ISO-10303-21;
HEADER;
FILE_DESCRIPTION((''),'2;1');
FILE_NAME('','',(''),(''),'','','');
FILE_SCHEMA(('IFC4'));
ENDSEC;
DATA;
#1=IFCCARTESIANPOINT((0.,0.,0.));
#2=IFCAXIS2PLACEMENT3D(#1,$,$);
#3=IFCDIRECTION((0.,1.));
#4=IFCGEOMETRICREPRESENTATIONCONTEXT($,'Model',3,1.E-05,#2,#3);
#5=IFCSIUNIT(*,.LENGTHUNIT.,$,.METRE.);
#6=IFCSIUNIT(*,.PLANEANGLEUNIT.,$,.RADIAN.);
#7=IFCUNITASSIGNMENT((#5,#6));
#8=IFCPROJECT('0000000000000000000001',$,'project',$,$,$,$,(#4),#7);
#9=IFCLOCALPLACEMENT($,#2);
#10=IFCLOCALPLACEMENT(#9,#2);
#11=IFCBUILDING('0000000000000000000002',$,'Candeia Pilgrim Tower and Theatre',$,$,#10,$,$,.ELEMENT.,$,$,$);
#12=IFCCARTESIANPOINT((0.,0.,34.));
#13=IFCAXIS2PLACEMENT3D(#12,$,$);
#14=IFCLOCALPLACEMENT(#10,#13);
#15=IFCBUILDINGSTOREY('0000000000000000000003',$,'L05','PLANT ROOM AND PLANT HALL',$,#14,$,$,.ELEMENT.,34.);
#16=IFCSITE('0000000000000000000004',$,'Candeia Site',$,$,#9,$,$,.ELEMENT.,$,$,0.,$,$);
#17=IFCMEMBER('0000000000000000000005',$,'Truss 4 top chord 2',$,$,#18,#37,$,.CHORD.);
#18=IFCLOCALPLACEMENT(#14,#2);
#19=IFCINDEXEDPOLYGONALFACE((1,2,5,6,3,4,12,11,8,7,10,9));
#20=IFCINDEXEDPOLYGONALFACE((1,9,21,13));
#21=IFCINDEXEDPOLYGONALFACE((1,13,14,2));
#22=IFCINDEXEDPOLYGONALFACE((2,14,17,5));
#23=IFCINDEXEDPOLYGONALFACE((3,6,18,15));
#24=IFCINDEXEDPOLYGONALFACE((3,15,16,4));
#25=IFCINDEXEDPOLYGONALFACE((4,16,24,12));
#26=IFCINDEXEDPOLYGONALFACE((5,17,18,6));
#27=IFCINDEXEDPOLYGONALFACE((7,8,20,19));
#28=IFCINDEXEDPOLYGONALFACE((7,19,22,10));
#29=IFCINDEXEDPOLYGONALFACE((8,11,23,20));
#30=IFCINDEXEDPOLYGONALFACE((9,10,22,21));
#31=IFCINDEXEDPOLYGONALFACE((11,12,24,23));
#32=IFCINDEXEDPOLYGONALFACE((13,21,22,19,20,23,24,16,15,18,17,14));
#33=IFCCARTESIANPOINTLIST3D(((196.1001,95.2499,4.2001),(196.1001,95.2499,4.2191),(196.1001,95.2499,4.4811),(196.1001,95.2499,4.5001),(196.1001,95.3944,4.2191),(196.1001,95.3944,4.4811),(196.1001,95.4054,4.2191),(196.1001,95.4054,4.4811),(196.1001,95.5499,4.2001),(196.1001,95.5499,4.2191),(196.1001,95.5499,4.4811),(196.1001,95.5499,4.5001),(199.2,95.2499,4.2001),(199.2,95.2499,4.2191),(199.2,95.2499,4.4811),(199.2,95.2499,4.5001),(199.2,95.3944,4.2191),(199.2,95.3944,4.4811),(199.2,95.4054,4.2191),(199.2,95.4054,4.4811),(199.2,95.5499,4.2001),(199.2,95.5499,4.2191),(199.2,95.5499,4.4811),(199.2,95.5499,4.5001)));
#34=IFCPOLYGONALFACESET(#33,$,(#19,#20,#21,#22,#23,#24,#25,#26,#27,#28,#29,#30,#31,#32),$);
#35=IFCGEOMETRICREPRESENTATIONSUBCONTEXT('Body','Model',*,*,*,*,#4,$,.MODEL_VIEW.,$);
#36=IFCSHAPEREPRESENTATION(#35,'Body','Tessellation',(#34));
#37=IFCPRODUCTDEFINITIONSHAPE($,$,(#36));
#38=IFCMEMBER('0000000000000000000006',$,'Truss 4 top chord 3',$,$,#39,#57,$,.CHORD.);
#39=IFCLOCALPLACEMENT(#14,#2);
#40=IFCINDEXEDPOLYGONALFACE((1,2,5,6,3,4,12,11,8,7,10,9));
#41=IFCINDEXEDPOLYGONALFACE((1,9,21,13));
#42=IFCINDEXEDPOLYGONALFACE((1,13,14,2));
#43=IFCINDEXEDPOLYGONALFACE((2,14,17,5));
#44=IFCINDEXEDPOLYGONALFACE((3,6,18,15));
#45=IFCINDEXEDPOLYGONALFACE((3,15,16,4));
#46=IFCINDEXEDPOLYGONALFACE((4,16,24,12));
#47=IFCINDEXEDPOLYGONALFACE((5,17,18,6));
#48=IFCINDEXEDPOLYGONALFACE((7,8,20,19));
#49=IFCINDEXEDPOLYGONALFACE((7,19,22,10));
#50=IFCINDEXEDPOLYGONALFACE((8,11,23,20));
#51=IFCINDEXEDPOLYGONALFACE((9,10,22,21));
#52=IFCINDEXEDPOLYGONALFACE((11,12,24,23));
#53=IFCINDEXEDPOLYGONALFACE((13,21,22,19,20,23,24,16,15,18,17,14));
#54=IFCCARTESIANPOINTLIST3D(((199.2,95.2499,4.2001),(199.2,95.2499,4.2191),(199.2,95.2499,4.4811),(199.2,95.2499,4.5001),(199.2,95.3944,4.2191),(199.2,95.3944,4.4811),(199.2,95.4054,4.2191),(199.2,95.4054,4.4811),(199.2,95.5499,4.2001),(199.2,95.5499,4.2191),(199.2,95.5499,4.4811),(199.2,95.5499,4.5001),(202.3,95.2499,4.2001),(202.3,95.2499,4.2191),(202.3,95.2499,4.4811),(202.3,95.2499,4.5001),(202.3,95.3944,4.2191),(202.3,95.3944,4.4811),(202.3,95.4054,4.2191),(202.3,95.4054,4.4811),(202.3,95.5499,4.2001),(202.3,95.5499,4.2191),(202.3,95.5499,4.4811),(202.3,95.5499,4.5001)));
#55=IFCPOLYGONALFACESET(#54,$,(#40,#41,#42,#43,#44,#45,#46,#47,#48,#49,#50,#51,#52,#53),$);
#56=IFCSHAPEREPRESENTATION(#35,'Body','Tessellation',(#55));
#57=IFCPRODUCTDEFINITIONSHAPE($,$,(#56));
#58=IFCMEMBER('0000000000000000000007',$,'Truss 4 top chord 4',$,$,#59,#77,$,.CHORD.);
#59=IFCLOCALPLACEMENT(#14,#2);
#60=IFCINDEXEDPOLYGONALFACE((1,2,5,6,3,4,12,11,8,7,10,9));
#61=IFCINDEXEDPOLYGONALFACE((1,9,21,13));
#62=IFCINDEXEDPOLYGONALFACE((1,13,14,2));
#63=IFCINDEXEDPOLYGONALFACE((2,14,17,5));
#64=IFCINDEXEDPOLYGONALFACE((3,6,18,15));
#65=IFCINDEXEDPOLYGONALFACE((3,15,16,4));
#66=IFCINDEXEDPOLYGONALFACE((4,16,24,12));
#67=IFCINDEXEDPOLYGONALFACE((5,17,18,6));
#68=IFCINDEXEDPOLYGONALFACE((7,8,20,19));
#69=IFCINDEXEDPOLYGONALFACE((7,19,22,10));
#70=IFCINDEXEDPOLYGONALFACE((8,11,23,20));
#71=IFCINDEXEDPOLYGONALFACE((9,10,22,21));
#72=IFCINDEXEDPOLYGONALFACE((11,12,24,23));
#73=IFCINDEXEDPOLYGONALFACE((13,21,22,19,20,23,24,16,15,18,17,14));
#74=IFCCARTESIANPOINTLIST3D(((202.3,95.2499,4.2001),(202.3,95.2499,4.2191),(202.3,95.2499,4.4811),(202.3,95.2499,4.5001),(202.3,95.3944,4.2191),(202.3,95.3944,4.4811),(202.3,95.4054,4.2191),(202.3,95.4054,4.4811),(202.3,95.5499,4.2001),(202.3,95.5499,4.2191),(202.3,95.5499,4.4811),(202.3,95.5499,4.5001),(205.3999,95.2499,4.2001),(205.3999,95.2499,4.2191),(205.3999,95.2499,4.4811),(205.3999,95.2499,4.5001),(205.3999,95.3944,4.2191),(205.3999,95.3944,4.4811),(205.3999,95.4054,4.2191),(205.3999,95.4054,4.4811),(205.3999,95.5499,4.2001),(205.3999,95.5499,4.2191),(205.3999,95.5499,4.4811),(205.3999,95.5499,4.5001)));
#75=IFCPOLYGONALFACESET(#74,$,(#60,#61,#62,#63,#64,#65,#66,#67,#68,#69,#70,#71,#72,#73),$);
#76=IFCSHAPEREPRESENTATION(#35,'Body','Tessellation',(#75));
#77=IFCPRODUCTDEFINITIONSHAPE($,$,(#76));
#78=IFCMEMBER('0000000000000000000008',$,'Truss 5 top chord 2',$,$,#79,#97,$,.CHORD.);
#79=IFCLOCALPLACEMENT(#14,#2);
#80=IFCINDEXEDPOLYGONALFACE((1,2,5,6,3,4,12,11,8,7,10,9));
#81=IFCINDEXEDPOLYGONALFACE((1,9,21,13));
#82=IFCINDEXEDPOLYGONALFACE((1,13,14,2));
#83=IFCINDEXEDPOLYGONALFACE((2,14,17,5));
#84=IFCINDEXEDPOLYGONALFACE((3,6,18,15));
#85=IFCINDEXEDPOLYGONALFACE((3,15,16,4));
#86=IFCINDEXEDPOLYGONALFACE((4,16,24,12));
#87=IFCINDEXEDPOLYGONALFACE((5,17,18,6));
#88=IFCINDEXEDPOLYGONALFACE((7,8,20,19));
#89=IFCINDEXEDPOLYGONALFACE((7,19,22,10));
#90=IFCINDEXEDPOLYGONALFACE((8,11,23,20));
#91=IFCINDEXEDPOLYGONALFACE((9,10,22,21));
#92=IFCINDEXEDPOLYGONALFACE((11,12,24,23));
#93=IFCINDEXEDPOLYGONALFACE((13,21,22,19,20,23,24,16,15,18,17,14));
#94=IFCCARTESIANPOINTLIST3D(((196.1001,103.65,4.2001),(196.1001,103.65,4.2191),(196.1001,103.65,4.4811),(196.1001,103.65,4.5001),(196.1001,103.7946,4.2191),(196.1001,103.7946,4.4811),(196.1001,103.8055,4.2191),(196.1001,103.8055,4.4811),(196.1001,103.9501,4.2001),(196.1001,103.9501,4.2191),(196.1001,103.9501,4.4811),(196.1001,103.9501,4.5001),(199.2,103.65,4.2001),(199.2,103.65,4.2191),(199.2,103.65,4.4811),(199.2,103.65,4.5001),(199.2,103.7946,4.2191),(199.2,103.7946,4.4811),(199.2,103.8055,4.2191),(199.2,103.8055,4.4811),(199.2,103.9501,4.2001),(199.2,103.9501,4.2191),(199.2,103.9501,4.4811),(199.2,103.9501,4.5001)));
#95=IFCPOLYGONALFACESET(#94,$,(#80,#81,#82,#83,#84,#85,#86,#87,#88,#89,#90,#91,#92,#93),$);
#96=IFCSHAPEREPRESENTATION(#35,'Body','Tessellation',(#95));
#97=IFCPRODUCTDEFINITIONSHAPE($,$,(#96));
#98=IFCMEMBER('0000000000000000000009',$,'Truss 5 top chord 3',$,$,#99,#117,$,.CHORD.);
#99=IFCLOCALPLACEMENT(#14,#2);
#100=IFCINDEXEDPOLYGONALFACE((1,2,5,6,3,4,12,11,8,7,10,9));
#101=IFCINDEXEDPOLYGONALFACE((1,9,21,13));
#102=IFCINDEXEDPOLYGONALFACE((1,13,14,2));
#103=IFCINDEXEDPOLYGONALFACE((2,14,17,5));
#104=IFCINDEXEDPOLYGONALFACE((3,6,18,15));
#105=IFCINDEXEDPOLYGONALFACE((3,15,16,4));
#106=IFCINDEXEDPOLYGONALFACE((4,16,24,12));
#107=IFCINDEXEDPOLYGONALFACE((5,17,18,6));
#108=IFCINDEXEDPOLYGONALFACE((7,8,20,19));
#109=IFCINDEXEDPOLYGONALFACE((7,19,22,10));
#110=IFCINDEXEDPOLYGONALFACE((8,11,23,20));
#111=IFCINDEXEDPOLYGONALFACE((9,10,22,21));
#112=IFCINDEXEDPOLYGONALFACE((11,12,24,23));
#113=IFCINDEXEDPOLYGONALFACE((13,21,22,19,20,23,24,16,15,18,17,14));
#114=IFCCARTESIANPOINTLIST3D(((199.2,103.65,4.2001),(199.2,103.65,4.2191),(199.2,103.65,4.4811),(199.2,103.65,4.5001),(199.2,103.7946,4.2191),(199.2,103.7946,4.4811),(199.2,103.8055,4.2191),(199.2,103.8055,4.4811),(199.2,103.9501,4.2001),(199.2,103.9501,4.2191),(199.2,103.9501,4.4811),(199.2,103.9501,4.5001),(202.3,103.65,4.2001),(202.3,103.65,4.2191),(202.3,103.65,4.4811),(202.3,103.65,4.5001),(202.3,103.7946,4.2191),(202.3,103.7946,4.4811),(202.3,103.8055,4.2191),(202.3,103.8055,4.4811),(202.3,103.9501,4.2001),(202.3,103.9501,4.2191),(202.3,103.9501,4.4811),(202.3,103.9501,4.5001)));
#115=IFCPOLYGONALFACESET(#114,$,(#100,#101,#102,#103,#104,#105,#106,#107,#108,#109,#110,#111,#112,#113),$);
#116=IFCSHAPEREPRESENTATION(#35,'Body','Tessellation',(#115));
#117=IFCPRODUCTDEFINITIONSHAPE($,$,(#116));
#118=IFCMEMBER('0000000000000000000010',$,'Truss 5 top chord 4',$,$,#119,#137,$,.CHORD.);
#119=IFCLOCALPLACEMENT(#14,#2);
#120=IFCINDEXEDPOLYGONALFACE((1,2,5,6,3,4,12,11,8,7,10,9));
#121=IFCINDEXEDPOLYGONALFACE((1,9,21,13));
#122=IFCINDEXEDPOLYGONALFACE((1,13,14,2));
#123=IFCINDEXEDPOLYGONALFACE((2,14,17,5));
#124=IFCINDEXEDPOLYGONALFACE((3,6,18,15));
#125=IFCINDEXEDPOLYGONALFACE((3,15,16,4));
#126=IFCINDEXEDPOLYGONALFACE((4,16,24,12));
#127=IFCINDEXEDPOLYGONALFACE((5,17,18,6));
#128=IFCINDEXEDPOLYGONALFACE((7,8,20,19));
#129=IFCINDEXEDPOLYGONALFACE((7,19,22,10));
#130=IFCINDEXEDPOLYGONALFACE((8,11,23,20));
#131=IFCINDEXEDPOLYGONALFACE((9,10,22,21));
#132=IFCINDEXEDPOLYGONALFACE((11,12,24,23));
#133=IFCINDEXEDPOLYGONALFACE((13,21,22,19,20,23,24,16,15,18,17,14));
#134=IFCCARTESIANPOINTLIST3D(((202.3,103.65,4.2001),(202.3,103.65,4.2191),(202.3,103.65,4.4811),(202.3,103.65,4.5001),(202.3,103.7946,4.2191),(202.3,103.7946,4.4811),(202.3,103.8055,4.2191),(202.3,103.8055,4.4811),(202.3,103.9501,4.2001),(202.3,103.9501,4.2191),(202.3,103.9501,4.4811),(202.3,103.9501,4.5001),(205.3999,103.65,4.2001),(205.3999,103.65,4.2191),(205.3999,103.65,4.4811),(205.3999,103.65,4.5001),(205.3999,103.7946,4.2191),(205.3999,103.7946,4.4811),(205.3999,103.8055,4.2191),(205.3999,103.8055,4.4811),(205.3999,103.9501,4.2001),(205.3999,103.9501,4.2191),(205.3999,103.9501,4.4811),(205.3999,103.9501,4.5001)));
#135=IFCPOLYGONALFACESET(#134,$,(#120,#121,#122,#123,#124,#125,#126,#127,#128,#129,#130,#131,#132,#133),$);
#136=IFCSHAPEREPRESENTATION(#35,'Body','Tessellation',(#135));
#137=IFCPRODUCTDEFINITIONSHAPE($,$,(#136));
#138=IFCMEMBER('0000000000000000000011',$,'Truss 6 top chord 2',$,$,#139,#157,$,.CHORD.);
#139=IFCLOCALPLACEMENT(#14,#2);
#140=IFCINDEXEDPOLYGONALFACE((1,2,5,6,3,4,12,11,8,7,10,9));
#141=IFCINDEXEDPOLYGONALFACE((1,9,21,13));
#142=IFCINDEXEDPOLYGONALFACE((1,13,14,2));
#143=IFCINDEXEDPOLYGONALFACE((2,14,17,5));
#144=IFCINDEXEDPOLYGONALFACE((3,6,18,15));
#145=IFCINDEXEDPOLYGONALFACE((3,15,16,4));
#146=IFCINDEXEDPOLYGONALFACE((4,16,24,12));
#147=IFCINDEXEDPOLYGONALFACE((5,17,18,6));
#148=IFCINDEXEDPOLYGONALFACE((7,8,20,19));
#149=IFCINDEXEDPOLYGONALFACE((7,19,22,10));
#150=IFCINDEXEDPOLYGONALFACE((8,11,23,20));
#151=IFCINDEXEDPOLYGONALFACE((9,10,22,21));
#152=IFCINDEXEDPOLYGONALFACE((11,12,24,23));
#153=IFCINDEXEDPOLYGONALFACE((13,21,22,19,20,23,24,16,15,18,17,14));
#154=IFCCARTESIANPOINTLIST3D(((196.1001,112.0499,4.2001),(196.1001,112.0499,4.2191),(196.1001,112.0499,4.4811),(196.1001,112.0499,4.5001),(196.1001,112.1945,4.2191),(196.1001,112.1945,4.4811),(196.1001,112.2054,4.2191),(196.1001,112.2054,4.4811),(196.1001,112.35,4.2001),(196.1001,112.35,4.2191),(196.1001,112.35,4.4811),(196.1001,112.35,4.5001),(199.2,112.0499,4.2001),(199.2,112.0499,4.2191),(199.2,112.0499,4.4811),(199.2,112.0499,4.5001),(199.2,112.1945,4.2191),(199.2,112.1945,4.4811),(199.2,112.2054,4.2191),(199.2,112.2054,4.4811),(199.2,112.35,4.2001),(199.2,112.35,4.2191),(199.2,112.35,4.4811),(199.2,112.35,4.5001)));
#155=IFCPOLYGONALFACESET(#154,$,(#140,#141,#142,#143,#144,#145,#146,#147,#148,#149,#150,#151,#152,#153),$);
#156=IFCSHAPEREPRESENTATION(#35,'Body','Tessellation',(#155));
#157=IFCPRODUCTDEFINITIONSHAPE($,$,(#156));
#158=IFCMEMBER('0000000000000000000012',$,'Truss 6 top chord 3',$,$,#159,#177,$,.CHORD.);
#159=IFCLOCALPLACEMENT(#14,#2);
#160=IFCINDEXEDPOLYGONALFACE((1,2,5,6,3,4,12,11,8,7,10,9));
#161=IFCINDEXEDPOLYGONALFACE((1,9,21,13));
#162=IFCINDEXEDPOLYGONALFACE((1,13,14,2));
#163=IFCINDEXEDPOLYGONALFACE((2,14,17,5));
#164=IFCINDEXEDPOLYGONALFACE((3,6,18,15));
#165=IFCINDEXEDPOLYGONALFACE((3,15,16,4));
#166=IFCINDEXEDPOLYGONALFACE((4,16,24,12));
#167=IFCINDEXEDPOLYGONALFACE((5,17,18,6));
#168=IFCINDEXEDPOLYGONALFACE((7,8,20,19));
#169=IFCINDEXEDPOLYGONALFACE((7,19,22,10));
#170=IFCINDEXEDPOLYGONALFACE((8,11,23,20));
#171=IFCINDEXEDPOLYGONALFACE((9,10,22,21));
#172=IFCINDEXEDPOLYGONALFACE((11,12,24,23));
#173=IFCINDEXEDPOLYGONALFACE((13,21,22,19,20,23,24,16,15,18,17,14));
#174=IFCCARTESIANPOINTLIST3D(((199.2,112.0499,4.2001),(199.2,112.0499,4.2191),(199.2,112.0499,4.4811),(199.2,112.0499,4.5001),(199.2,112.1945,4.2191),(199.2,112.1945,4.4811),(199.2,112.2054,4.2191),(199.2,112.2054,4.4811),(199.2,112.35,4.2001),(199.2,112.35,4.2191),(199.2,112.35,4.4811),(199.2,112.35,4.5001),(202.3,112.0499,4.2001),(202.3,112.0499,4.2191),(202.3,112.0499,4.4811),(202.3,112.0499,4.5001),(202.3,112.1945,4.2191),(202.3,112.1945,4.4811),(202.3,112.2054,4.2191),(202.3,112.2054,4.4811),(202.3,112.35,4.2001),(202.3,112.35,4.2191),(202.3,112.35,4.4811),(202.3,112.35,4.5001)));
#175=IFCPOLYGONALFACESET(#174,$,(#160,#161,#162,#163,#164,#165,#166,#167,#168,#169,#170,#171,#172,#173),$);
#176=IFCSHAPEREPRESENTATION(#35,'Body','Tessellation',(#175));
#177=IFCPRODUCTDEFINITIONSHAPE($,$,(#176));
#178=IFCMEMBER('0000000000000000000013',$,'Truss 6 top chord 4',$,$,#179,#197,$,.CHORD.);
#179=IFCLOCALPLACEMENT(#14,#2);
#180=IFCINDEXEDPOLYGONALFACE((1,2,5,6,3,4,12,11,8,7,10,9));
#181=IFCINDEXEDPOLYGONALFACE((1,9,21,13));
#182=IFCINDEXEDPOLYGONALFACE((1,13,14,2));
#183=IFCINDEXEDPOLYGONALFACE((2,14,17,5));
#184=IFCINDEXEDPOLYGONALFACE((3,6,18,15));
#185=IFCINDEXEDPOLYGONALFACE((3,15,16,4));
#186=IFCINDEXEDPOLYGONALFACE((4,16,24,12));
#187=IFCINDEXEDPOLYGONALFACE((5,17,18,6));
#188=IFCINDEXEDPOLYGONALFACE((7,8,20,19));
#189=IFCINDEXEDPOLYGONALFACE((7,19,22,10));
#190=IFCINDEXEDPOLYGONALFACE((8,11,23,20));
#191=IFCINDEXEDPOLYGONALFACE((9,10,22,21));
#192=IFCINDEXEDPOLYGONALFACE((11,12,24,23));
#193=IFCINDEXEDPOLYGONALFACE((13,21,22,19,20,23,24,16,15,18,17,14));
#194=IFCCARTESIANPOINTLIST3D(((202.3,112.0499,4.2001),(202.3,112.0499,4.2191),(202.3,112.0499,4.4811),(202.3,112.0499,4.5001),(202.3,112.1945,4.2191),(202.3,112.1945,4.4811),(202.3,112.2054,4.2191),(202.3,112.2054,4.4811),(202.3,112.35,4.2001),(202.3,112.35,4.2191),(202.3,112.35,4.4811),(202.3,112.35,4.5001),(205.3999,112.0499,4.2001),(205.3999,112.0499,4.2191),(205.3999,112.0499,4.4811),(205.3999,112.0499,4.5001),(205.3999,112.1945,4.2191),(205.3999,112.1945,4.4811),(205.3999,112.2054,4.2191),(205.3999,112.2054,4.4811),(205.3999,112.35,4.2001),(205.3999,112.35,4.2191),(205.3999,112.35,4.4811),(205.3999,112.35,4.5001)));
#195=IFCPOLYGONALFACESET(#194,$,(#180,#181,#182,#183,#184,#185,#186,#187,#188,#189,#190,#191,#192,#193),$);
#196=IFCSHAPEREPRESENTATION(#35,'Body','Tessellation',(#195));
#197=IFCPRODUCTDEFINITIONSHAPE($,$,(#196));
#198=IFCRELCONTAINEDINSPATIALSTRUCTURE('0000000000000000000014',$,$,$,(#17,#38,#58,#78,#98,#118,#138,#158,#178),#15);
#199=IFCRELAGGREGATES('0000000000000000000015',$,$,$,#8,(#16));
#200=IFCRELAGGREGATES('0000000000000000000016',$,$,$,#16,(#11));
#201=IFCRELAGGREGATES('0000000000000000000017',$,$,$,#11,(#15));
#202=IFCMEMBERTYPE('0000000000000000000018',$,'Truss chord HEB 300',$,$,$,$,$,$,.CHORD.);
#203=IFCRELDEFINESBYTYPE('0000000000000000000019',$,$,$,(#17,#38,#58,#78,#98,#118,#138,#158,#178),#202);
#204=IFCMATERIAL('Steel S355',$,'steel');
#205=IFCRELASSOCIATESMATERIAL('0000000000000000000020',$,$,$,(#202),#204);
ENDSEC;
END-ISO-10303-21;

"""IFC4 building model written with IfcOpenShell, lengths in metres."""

from ifc_helpers import new_model, si_unit, direction, frame, origin, origin_2d, place, context, subcontext, project, spatial, i_section, extrude, material, material_profile, profile_set, type_object, element, save


model = new_model("IFC4")

# Units and contexts
model_context = context("Model", 3, precision=1e-05, world=origin(), true_north=direction((0.0, 1.0)))
body_context = subcontext(model_context, "Body", "Model", "MODEL_VIEW")
ifc_project = project(units=[si_unit("LENGTHUNIT", "METRE"), si_unit("PLANEANGLEUNIT", "RADIAN")], contexts=[model_context])

# Site, building, storey
site_placement = place(None, origin())
site = spatial("IfcSite", under=ifc_project, at=site_placement, Name="Candeia Site", CompositionType="ELEMENT", RefElevation=0.0)
building_placement = place(site_placement, origin())
building = spatial("IfcBuilding", under=site, at=building_placement, Name="Candeia Pilgrim Tower and Theatre", CompositionType="ELEMENT")
storey_placement = place(building_placement, frame((0.0, 0.0, 34.0)))
storey = spatial("IfcBuildingStorey", under=building, at=storey_placement, Name="L05", Description="PLANT ROOM AND PLANT HALL", CompositionType="ELEMENT", Elevation=34.0)

# Members
ifc_material = material(Name="Steel S355", Category="steel")
ifc_material_profile_1 = material_profile(ifc_material, i_section(OverallWidth=0.3, OverallDepth=0.3, WebThickness=0.011, FlangeThickness=0.019, at=origin_2d()))
ifc_profile_set_1 = profile_set([ifc_material_profile_1], Name="Steel S355")
member_type_1 = type_object("IfcMemberType", Name="Truss chord HEB 300", PredefinedType="CHORD", material=ifc_profile_set_1)
member_1_placement = place(storey_placement, frame((196.1001, 95.3999, 4.3501), z_axis=(1.0, 0.0, 0.0), x_axis=(0.0, 1.0, 0.0)))
element("IfcMember", 1, at=member_1_placement, inside=storey, type_object=member_type_1, Name="Truss 4 top chord 2", PredefinedType="CHORD", context=body_context, shape_type="SweptSolid", body=[
    extrude(i_section(OverallWidth=0.3, OverallDepth=0.3, WebThickness=0.011, FlangeThickness=0.019, at=origin_2d()), origin(), (0.0, 0.0, 1.0), 3.0999),
])
member_2_placement = place(storey_placement, frame((199.2, 95.3999, 4.3501), z_axis=(1.0, 0.0, 0.0), x_axis=(0.0, 1.0, 0.0)))
element("IfcMember", 2, at=member_2_placement, inside=storey, type_object=member_type_1, Name="Truss 4 top chord 3", PredefinedType="CHORD", context=body_context, shape_type="SweptSolid", body=[
    extrude(i_section(OverallWidth=0.3, OverallDepth=0.3, WebThickness=0.011, FlangeThickness=0.019, at=origin_2d()), origin(), (0.0, 0.0, 1.0), 3.1001),
])
for number, where, z_axis, x_axis, name in (
    (3, (202.3, 95.3999, 4.3501), (1.0, 0.0, 0.0), (0.0, 1.0, 0.0), "Truss 4 top chord 4"),
    (4, (196.1001, 103.8, 4.3501), (1.0, 0.0, 0.0), (0.0, 1.0, 0.0), "Truss 5 top chord 2"),
):
    element("IfcMember", number, at=place(storey_placement, frame(where, z_axis=z_axis, x_axis=x_axis)), inside=storey, type_object=member_type_1, Name=name, PredefinedType="CHORD", context=body_context, shape_type="SweptSolid", body=[
        extrude(i_section(OverallWidth=0.3, OverallDepth=0.3, WebThickness=0.011, FlangeThickness=0.019, at=origin_2d()), origin(), (0.0, 0.0, 1.0), 3.0999),
    ])
member_3_placement = place(storey_placement, frame((199.2, 103.8, 4.3501), z_axis=(1.0, 0.0, 0.0), x_axis=(0.0, 1.0, 0.0)))
element("IfcMember", 5, at=member_3_placement, inside=storey, type_object=member_type_1, Name="Truss 5 top chord 3", PredefinedType="CHORD", context=body_context, shape_type="SweptSolid", body=[
    extrude(i_section(OverallWidth=0.3, OverallDepth=0.3, WebThickness=0.011, FlangeThickness=0.019, at=origin_2d()), origin(), (0.0, 0.0, 1.0), 3.1001),
])
for number, where, z_axis, x_axis, name in (
    (6, (202.3, 103.8, 4.3501), (1.0, 0.0, 0.0), (0.0, 1.0, 0.0), "Truss 5 top chord 4"),
    (7, (196.1001, 112.2, 4.3501), (1.0, 0.0, 0.0), (0.0, 1.0, 0.0), "Truss 6 top chord 2"),
):
    element("IfcMember", number, at=place(storey_placement, frame(where, z_axis=z_axis, x_axis=x_axis)), inside=storey, type_object=member_type_1, Name=name, PredefinedType="CHORD", context=body_context, shape_type="SweptSolid", body=[
        extrude(i_section(OverallWidth=0.3, OverallDepth=0.3, WebThickness=0.011, FlangeThickness=0.019, at=origin_2d()), origin(), (0.0, 0.0, 1.0), 3.0999),
    ])
member_4_placement = place(storey_placement, frame((199.2, 112.2, 4.3501), z_axis=(1.0, 0.0, 0.0), x_axis=(0.0, 1.0, 0.0)))
element("IfcMember", 8, at=member_4_placement, inside=storey, type_object=member_type_1, Name="Truss 6 top chord 3", PredefinedType="CHORD", context=body_context, shape_type="SweptSolid", body=[
    extrude(i_section(OverallWidth=0.3, OverallDepth=0.3, WebThickness=0.011, FlangeThickness=0.019, at=origin_2d()), origin(), (0.0, 0.0, 1.0), 3.1001),
])
member_5_placement = place(storey_placement, frame((202.3, 112.2, 4.3501), z_axis=(1.0, 0.0, 0.0), x_axis=(0.0, 1.0, 0.0)))
element("IfcMember", 9, at=member_5_placement, inside=storey, type_object=member_type_1, Name="Truss 6 top chord 4", PredefinedType="CHORD", context=body_context, shape_type="SweptSolid", body=[
    extrude(i_section(OverallWidth=0.3, OverallDepth=0.3, WebThickness=0.011, FlangeThickness=0.019, at=origin_2d()), origin(), (0.0, 0.0, 1.0), 3.0999),
])

save(model, "model.ifc")
